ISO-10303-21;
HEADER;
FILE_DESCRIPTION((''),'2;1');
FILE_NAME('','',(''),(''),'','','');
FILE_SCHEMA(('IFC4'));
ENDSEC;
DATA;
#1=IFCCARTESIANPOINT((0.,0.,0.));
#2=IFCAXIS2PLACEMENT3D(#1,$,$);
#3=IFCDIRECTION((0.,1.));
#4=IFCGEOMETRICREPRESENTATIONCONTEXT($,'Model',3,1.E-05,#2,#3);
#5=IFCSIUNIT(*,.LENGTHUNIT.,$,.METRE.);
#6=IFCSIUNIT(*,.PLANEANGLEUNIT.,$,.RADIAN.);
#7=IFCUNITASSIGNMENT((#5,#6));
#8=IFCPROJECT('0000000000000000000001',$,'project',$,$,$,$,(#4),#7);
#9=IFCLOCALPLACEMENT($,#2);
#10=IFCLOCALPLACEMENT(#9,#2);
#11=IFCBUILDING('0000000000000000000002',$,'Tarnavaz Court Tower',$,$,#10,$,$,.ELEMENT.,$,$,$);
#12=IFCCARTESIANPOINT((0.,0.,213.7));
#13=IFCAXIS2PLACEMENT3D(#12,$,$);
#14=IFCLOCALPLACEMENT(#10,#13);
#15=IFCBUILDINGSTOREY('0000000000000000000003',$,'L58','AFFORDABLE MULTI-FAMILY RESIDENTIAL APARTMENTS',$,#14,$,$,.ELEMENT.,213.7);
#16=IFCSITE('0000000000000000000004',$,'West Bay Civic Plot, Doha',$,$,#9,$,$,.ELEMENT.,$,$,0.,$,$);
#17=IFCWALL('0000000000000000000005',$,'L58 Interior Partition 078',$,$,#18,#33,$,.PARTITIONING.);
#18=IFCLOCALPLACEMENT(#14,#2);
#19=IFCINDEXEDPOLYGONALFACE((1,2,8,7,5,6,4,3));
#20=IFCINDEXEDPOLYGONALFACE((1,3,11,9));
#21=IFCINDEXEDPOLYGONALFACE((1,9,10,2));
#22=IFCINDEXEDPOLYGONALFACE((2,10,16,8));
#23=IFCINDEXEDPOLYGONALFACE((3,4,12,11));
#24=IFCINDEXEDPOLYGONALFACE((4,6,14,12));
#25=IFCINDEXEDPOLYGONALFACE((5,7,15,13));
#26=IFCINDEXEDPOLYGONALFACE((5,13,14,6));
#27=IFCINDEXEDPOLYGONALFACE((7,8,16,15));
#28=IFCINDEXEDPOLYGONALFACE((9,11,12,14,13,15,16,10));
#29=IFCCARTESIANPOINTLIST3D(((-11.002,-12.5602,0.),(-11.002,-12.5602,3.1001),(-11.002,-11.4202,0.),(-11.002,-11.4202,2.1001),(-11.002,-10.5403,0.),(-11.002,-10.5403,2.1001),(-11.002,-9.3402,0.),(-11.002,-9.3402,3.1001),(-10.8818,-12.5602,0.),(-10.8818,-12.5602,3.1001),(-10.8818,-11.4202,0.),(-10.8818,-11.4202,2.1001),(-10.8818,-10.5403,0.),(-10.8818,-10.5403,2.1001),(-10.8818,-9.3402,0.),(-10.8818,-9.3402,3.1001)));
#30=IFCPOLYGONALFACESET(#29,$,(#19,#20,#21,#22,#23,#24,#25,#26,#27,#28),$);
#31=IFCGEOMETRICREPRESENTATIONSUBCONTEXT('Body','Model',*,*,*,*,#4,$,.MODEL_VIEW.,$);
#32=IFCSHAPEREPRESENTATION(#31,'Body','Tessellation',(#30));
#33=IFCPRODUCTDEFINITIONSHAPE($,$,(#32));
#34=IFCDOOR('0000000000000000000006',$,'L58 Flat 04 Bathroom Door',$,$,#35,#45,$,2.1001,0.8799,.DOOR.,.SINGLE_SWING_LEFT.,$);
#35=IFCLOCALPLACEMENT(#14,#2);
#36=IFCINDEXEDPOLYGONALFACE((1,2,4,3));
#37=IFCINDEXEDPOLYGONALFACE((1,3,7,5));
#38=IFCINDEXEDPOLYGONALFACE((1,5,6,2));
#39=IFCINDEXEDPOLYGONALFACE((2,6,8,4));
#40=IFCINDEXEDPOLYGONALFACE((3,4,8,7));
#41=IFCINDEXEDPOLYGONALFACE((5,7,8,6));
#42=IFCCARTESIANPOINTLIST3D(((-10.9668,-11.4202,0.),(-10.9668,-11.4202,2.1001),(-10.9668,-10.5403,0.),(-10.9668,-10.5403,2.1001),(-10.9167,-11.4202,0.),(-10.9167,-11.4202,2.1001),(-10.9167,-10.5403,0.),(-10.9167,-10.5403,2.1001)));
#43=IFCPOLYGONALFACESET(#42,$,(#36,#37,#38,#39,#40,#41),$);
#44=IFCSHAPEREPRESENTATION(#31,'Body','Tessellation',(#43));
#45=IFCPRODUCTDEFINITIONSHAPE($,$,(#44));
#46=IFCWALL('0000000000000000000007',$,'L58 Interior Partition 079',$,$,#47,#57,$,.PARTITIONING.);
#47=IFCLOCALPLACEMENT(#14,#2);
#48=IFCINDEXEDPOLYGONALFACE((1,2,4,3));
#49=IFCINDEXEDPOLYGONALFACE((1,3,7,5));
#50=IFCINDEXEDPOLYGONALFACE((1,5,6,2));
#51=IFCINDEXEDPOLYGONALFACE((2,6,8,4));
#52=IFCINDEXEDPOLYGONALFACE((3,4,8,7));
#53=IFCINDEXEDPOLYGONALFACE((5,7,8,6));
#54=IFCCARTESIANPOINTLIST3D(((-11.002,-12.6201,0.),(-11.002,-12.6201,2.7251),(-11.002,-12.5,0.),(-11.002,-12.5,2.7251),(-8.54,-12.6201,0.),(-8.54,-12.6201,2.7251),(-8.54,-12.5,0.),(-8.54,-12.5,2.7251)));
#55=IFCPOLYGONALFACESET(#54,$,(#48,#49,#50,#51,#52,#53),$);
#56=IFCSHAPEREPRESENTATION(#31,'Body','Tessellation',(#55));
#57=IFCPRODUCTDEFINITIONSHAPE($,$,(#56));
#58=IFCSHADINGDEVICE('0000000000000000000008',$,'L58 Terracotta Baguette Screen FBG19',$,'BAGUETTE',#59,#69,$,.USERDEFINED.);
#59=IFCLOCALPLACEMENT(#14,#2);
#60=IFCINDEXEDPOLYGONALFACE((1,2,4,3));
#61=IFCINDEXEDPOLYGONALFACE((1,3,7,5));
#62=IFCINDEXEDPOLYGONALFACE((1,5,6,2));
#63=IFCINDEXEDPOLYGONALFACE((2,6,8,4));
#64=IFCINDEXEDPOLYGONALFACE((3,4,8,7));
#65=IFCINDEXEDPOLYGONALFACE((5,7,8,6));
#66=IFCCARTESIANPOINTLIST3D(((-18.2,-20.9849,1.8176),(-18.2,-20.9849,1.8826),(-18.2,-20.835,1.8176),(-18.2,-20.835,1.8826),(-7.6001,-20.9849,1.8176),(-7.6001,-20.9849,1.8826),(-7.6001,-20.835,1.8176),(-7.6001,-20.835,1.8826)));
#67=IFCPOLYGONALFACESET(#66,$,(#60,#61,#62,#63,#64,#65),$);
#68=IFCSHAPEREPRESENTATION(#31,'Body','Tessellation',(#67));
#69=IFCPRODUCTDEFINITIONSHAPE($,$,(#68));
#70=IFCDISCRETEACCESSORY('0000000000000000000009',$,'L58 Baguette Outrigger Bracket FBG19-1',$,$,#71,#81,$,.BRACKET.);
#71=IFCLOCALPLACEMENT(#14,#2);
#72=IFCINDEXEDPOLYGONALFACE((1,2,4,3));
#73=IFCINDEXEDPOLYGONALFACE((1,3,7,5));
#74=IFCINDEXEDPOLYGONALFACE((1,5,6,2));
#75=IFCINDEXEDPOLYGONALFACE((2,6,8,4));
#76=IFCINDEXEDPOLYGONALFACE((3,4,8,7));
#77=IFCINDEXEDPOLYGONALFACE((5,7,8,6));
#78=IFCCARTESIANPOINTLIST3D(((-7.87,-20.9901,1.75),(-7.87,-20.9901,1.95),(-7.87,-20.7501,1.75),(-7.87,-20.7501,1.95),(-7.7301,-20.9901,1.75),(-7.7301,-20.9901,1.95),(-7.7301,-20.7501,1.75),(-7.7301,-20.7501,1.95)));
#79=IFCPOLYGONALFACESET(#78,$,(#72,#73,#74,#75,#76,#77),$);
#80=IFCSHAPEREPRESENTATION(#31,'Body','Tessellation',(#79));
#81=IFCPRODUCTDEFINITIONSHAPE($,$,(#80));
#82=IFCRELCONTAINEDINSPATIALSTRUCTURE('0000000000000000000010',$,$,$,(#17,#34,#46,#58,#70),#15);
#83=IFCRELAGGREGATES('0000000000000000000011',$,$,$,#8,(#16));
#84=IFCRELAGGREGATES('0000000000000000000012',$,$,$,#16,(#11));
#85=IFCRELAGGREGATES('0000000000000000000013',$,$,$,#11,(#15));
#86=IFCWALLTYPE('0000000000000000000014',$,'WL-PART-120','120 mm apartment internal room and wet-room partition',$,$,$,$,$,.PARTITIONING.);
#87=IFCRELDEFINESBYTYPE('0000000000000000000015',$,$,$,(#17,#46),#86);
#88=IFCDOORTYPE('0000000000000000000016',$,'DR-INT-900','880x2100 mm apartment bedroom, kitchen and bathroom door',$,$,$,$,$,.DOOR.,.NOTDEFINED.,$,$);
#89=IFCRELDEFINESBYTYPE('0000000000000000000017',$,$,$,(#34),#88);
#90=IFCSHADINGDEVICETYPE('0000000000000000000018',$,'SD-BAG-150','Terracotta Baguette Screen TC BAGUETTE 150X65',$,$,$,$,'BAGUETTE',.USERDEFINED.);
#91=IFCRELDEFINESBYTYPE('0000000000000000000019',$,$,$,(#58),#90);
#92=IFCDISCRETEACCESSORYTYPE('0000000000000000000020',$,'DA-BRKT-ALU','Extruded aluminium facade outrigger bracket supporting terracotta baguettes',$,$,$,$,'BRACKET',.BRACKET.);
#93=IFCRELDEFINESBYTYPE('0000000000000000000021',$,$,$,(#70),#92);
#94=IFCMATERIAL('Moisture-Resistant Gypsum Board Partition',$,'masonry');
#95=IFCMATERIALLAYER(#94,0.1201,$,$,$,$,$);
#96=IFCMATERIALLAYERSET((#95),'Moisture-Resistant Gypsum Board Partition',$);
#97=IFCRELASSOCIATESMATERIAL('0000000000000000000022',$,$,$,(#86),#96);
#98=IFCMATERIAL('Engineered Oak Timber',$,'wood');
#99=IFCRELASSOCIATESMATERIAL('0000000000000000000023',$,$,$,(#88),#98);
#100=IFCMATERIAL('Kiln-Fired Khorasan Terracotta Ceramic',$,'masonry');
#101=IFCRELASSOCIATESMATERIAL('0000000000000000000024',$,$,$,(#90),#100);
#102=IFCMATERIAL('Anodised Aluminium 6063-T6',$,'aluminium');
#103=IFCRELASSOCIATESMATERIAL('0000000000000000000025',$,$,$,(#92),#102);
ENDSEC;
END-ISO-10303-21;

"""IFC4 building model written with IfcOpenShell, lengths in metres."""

from ifc_helpers import new_model, si_unit, direction, frame, frame_2d, origin, origin_2d, place, context, subcontext, project, spatial, rectangle, extrude, material, layer, layer_set, material_profile, profile_set, type_object, element, fill, save


model = new_model("IFC4")

# Units and contexts
model_context = context("Model", 3, precision=1e-05, world=origin(), true_north=direction((0.0, 1.0)))
body_context = subcontext(model_context, "Body", "Model", "MODEL_VIEW")
ifc_project = project(units=[si_unit("LENGTHUNIT", "METRE"), si_unit("PLANEANGLEUNIT", "RADIAN")], contexts=[model_context])

# Site, building, storey
site_placement = place(None, origin())
site = spatial("IfcSite", under=ifc_project, at=site_placement, Name="West Bay Civic Plot, Doha", CompositionType="ELEMENT", RefElevation=0.0)
building_placement = place(site_placement, origin())
building = spatial("IfcBuilding", under=site, at=building_placement, Name="Tarnavaz Court Tower", CompositionType="ELEMENT")
storey_placement = place(building_placement, frame((0.0, 0.0, 213.7)))
storey = spatial("IfcBuildingStorey", under=building, at=storey_placement, Name="L58", Description="AFFORDABLE MULTI-FAMILY RESIDENTIAL APARTMENTS", CompositionType="ELEMENT", Elevation=213.7)

# Wall, opening, door
ifc_material_1 = material(Name="Moisture-Resistant Gypsum Board Partition", Category="masonry")
ifc_layer_1 = layer(ifc_material_1, 0.1201)
ifc_layer_set_1 = layer_set([ifc_layer_1], Name="Moisture-Resistant Gypsum Board Partition")
wall_type_1 = type_object("IfcWallType", Name="WL-PART-120", Description="120 mm apartment internal room and wet-room partition", PredefinedType="PARTITIONING", material=ifc_layer_set_1)
ifc_material_2 = material(Name="Engineered Oak Timber", Category="wood")
door_type = type_object("IfcDoorType", Name="DR-INT-900", Description="880x2100 mm apartment bedroom, kitchen and bathroom door", OperationType="NOTDEFINED", PredefinedType="DOOR", material=ifc_material_2)
wall_1_placement = place(storey_placement, frame((-10.9419, -12.5601, 0.0), z_axis=(0.0, 0.0, 1.0), x_axis=(0.0, 1.0, 0.0)))
wall_1 = element("IfcWall", 1, at=wall_1_placement, inside=storey, type_object=wall_type_1, Name="L58 Interior Partition 078", PredefinedType="PARTITIONING", context=body_context, shape_type="SweptSolid", body=[
    extrude(rectangle(XDim=3.22, YDim=0.1201, at=frame_2d((1.6099, 0.0))), origin(), (0.0, 0.0, 1.0), 3.1001),
])
opening_1_placement = place(wall_1_placement, frame((1.1399, 0.0, 0.0)))
opening_1 = element("IfcOpeningElement", 2, at=opening_1_placement, cuts=wall_1, PredefinedType="OPENING", context=body_context, shape_type="SweptSolid", body=[
    extrude(rectangle(XDim=0.8799, YDim=2.1001, at=frame_2d((0.4399, 1.05))), frame((0.0, 0.0701, 0.0), z_axis=(0.0, -1.0, 0.0), x_axis=(1.0, 0.0, 0.0)), (0.0, 0.0, 1.0), 0.1401),
])
door_1_placement = place(opening_1_placement, origin())
door_1 = element("IfcDoor", 3, at=door_1_placement, inside=storey, type_object=door_type, Name="L58 Flat 04 Bathroom Door", OperationType="SINGLE_SWING_LEFT", OverallHeight=2.1001, OverallWidth=0.8799, PredefinedType="DOOR", context=body_context, shape_type="SweptSolid", body=[
    extrude(rectangle(XDim=0.8799, YDim=2.1001, at=frame_2d((0.4399, 1.05))), frame((0.0, 0.0249, 0.0), z_axis=(0.0, -1.0, 0.0), x_axis=(1.0, 0.0, 0.0)), (0.0, 0.0, 1.0), 0.05),
])
fill(opening_1, door_1)

# Wall
wall_2_placement = place(storey_placement, frame((-11.002, -12.5601, 0.0), z_axis=(0.0, 0.0, 1.0), x_axis=(1.0, 0.0, 0.0)))
element("IfcWall", 4, at=wall_2_placement, inside=storey, type_object=wall_type_1, Name="L58 Interior Partition 079", PredefinedType="PARTITIONING", context=body_context, shape_type="SweptSolid", body=[
    extrude(rectangle(XDim=2.4619, YDim=0.1201, at=frame_2d((1.231, 0.0))), origin(), (0.0, 0.0, 1.0), 2.7251),
])

# Shading device
ifc_material_3 = material(Name="Kiln-Fired Khorasan Terracotta Ceramic", Category="masonry")
ifc_material_profile_1 = material_profile(ifc_material_3, rectangle(XDim=0.1499, YDim=0.0649, at=origin_2d()), Name="TC BAGUETTE 150X65")
ifc_profile_set_1 = profile_set([ifc_material_profile_1], Name="Kiln-Fired Khorasan Terracotta Ceramic")
shading_device_type = type_object("IfcShadingDeviceType", Name="SD-BAG-150", Description="Terracotta Baguette Screen TC BAGUETTE 150X65", ElementType="BAGUETTE", PredefinedType="USERDEFINED", material=ifc_profile_set_1)
shading_device_placement = place(storey_placement, frame((-7.6001, -20.9099, 1.8501), z_axis=(-1.0, 0.0, 0.0), x_axis=(0.0, -1.0, 0.0)))
element("IfcShadingDevice", 5, at=shading_device_placement, inside=storey, type_object=shading_device_type, Name="L58 Terracotta Baguette Screen FBG19", ObjectType="BAGUETTE", PredefinedType="USERDEFINED", context=body_context, shape_type="SweptSolid", body=[
    extrude(rectangle(XDim=0.1499, YDim=0.0649, at=origin_2d()), origin(), (0.0, 0.0, 1.0), 10.5999),
])

# Discrete accessory
ifc_material_4 = material(Name="Anodised Aluminium 6063-T6", Category="aluminium")
discrete_accessory_type = type_object("IfcDiscreteAccessoryType", Name="DA-BRKT-ALU", Description="Extruded aluminium facade outrigger bracket supporting terracotta baguettes", ElementType="BRACKET", PredefinedType="BRACKET", material=ifc_material_4)
discrete_accessory_placement = place(storey_placement, frame((-7.8, -20.8701, 1.75), z_axis=(0.0, 0.0, 1.0), x_axis=(-1.0, 0.0, 0.0)))
element("IfcDiscreteAccessory", 6, at=discrete_accessory_placement, inside=storey, type_object=discrete_accessory_type, Name="L58 Baguette Outrigger Bracket FBG19-1", PredefinedType="BRACKET", context=body_context, shape_type="SweptSolid", body=[
    extrude(rectangle(XDim=0.1399, YDim=0.24, at=origin_2d()), origin(), (0.0, 0.0, 1.0), 0.2),
])

save(model, "model.ifc")
